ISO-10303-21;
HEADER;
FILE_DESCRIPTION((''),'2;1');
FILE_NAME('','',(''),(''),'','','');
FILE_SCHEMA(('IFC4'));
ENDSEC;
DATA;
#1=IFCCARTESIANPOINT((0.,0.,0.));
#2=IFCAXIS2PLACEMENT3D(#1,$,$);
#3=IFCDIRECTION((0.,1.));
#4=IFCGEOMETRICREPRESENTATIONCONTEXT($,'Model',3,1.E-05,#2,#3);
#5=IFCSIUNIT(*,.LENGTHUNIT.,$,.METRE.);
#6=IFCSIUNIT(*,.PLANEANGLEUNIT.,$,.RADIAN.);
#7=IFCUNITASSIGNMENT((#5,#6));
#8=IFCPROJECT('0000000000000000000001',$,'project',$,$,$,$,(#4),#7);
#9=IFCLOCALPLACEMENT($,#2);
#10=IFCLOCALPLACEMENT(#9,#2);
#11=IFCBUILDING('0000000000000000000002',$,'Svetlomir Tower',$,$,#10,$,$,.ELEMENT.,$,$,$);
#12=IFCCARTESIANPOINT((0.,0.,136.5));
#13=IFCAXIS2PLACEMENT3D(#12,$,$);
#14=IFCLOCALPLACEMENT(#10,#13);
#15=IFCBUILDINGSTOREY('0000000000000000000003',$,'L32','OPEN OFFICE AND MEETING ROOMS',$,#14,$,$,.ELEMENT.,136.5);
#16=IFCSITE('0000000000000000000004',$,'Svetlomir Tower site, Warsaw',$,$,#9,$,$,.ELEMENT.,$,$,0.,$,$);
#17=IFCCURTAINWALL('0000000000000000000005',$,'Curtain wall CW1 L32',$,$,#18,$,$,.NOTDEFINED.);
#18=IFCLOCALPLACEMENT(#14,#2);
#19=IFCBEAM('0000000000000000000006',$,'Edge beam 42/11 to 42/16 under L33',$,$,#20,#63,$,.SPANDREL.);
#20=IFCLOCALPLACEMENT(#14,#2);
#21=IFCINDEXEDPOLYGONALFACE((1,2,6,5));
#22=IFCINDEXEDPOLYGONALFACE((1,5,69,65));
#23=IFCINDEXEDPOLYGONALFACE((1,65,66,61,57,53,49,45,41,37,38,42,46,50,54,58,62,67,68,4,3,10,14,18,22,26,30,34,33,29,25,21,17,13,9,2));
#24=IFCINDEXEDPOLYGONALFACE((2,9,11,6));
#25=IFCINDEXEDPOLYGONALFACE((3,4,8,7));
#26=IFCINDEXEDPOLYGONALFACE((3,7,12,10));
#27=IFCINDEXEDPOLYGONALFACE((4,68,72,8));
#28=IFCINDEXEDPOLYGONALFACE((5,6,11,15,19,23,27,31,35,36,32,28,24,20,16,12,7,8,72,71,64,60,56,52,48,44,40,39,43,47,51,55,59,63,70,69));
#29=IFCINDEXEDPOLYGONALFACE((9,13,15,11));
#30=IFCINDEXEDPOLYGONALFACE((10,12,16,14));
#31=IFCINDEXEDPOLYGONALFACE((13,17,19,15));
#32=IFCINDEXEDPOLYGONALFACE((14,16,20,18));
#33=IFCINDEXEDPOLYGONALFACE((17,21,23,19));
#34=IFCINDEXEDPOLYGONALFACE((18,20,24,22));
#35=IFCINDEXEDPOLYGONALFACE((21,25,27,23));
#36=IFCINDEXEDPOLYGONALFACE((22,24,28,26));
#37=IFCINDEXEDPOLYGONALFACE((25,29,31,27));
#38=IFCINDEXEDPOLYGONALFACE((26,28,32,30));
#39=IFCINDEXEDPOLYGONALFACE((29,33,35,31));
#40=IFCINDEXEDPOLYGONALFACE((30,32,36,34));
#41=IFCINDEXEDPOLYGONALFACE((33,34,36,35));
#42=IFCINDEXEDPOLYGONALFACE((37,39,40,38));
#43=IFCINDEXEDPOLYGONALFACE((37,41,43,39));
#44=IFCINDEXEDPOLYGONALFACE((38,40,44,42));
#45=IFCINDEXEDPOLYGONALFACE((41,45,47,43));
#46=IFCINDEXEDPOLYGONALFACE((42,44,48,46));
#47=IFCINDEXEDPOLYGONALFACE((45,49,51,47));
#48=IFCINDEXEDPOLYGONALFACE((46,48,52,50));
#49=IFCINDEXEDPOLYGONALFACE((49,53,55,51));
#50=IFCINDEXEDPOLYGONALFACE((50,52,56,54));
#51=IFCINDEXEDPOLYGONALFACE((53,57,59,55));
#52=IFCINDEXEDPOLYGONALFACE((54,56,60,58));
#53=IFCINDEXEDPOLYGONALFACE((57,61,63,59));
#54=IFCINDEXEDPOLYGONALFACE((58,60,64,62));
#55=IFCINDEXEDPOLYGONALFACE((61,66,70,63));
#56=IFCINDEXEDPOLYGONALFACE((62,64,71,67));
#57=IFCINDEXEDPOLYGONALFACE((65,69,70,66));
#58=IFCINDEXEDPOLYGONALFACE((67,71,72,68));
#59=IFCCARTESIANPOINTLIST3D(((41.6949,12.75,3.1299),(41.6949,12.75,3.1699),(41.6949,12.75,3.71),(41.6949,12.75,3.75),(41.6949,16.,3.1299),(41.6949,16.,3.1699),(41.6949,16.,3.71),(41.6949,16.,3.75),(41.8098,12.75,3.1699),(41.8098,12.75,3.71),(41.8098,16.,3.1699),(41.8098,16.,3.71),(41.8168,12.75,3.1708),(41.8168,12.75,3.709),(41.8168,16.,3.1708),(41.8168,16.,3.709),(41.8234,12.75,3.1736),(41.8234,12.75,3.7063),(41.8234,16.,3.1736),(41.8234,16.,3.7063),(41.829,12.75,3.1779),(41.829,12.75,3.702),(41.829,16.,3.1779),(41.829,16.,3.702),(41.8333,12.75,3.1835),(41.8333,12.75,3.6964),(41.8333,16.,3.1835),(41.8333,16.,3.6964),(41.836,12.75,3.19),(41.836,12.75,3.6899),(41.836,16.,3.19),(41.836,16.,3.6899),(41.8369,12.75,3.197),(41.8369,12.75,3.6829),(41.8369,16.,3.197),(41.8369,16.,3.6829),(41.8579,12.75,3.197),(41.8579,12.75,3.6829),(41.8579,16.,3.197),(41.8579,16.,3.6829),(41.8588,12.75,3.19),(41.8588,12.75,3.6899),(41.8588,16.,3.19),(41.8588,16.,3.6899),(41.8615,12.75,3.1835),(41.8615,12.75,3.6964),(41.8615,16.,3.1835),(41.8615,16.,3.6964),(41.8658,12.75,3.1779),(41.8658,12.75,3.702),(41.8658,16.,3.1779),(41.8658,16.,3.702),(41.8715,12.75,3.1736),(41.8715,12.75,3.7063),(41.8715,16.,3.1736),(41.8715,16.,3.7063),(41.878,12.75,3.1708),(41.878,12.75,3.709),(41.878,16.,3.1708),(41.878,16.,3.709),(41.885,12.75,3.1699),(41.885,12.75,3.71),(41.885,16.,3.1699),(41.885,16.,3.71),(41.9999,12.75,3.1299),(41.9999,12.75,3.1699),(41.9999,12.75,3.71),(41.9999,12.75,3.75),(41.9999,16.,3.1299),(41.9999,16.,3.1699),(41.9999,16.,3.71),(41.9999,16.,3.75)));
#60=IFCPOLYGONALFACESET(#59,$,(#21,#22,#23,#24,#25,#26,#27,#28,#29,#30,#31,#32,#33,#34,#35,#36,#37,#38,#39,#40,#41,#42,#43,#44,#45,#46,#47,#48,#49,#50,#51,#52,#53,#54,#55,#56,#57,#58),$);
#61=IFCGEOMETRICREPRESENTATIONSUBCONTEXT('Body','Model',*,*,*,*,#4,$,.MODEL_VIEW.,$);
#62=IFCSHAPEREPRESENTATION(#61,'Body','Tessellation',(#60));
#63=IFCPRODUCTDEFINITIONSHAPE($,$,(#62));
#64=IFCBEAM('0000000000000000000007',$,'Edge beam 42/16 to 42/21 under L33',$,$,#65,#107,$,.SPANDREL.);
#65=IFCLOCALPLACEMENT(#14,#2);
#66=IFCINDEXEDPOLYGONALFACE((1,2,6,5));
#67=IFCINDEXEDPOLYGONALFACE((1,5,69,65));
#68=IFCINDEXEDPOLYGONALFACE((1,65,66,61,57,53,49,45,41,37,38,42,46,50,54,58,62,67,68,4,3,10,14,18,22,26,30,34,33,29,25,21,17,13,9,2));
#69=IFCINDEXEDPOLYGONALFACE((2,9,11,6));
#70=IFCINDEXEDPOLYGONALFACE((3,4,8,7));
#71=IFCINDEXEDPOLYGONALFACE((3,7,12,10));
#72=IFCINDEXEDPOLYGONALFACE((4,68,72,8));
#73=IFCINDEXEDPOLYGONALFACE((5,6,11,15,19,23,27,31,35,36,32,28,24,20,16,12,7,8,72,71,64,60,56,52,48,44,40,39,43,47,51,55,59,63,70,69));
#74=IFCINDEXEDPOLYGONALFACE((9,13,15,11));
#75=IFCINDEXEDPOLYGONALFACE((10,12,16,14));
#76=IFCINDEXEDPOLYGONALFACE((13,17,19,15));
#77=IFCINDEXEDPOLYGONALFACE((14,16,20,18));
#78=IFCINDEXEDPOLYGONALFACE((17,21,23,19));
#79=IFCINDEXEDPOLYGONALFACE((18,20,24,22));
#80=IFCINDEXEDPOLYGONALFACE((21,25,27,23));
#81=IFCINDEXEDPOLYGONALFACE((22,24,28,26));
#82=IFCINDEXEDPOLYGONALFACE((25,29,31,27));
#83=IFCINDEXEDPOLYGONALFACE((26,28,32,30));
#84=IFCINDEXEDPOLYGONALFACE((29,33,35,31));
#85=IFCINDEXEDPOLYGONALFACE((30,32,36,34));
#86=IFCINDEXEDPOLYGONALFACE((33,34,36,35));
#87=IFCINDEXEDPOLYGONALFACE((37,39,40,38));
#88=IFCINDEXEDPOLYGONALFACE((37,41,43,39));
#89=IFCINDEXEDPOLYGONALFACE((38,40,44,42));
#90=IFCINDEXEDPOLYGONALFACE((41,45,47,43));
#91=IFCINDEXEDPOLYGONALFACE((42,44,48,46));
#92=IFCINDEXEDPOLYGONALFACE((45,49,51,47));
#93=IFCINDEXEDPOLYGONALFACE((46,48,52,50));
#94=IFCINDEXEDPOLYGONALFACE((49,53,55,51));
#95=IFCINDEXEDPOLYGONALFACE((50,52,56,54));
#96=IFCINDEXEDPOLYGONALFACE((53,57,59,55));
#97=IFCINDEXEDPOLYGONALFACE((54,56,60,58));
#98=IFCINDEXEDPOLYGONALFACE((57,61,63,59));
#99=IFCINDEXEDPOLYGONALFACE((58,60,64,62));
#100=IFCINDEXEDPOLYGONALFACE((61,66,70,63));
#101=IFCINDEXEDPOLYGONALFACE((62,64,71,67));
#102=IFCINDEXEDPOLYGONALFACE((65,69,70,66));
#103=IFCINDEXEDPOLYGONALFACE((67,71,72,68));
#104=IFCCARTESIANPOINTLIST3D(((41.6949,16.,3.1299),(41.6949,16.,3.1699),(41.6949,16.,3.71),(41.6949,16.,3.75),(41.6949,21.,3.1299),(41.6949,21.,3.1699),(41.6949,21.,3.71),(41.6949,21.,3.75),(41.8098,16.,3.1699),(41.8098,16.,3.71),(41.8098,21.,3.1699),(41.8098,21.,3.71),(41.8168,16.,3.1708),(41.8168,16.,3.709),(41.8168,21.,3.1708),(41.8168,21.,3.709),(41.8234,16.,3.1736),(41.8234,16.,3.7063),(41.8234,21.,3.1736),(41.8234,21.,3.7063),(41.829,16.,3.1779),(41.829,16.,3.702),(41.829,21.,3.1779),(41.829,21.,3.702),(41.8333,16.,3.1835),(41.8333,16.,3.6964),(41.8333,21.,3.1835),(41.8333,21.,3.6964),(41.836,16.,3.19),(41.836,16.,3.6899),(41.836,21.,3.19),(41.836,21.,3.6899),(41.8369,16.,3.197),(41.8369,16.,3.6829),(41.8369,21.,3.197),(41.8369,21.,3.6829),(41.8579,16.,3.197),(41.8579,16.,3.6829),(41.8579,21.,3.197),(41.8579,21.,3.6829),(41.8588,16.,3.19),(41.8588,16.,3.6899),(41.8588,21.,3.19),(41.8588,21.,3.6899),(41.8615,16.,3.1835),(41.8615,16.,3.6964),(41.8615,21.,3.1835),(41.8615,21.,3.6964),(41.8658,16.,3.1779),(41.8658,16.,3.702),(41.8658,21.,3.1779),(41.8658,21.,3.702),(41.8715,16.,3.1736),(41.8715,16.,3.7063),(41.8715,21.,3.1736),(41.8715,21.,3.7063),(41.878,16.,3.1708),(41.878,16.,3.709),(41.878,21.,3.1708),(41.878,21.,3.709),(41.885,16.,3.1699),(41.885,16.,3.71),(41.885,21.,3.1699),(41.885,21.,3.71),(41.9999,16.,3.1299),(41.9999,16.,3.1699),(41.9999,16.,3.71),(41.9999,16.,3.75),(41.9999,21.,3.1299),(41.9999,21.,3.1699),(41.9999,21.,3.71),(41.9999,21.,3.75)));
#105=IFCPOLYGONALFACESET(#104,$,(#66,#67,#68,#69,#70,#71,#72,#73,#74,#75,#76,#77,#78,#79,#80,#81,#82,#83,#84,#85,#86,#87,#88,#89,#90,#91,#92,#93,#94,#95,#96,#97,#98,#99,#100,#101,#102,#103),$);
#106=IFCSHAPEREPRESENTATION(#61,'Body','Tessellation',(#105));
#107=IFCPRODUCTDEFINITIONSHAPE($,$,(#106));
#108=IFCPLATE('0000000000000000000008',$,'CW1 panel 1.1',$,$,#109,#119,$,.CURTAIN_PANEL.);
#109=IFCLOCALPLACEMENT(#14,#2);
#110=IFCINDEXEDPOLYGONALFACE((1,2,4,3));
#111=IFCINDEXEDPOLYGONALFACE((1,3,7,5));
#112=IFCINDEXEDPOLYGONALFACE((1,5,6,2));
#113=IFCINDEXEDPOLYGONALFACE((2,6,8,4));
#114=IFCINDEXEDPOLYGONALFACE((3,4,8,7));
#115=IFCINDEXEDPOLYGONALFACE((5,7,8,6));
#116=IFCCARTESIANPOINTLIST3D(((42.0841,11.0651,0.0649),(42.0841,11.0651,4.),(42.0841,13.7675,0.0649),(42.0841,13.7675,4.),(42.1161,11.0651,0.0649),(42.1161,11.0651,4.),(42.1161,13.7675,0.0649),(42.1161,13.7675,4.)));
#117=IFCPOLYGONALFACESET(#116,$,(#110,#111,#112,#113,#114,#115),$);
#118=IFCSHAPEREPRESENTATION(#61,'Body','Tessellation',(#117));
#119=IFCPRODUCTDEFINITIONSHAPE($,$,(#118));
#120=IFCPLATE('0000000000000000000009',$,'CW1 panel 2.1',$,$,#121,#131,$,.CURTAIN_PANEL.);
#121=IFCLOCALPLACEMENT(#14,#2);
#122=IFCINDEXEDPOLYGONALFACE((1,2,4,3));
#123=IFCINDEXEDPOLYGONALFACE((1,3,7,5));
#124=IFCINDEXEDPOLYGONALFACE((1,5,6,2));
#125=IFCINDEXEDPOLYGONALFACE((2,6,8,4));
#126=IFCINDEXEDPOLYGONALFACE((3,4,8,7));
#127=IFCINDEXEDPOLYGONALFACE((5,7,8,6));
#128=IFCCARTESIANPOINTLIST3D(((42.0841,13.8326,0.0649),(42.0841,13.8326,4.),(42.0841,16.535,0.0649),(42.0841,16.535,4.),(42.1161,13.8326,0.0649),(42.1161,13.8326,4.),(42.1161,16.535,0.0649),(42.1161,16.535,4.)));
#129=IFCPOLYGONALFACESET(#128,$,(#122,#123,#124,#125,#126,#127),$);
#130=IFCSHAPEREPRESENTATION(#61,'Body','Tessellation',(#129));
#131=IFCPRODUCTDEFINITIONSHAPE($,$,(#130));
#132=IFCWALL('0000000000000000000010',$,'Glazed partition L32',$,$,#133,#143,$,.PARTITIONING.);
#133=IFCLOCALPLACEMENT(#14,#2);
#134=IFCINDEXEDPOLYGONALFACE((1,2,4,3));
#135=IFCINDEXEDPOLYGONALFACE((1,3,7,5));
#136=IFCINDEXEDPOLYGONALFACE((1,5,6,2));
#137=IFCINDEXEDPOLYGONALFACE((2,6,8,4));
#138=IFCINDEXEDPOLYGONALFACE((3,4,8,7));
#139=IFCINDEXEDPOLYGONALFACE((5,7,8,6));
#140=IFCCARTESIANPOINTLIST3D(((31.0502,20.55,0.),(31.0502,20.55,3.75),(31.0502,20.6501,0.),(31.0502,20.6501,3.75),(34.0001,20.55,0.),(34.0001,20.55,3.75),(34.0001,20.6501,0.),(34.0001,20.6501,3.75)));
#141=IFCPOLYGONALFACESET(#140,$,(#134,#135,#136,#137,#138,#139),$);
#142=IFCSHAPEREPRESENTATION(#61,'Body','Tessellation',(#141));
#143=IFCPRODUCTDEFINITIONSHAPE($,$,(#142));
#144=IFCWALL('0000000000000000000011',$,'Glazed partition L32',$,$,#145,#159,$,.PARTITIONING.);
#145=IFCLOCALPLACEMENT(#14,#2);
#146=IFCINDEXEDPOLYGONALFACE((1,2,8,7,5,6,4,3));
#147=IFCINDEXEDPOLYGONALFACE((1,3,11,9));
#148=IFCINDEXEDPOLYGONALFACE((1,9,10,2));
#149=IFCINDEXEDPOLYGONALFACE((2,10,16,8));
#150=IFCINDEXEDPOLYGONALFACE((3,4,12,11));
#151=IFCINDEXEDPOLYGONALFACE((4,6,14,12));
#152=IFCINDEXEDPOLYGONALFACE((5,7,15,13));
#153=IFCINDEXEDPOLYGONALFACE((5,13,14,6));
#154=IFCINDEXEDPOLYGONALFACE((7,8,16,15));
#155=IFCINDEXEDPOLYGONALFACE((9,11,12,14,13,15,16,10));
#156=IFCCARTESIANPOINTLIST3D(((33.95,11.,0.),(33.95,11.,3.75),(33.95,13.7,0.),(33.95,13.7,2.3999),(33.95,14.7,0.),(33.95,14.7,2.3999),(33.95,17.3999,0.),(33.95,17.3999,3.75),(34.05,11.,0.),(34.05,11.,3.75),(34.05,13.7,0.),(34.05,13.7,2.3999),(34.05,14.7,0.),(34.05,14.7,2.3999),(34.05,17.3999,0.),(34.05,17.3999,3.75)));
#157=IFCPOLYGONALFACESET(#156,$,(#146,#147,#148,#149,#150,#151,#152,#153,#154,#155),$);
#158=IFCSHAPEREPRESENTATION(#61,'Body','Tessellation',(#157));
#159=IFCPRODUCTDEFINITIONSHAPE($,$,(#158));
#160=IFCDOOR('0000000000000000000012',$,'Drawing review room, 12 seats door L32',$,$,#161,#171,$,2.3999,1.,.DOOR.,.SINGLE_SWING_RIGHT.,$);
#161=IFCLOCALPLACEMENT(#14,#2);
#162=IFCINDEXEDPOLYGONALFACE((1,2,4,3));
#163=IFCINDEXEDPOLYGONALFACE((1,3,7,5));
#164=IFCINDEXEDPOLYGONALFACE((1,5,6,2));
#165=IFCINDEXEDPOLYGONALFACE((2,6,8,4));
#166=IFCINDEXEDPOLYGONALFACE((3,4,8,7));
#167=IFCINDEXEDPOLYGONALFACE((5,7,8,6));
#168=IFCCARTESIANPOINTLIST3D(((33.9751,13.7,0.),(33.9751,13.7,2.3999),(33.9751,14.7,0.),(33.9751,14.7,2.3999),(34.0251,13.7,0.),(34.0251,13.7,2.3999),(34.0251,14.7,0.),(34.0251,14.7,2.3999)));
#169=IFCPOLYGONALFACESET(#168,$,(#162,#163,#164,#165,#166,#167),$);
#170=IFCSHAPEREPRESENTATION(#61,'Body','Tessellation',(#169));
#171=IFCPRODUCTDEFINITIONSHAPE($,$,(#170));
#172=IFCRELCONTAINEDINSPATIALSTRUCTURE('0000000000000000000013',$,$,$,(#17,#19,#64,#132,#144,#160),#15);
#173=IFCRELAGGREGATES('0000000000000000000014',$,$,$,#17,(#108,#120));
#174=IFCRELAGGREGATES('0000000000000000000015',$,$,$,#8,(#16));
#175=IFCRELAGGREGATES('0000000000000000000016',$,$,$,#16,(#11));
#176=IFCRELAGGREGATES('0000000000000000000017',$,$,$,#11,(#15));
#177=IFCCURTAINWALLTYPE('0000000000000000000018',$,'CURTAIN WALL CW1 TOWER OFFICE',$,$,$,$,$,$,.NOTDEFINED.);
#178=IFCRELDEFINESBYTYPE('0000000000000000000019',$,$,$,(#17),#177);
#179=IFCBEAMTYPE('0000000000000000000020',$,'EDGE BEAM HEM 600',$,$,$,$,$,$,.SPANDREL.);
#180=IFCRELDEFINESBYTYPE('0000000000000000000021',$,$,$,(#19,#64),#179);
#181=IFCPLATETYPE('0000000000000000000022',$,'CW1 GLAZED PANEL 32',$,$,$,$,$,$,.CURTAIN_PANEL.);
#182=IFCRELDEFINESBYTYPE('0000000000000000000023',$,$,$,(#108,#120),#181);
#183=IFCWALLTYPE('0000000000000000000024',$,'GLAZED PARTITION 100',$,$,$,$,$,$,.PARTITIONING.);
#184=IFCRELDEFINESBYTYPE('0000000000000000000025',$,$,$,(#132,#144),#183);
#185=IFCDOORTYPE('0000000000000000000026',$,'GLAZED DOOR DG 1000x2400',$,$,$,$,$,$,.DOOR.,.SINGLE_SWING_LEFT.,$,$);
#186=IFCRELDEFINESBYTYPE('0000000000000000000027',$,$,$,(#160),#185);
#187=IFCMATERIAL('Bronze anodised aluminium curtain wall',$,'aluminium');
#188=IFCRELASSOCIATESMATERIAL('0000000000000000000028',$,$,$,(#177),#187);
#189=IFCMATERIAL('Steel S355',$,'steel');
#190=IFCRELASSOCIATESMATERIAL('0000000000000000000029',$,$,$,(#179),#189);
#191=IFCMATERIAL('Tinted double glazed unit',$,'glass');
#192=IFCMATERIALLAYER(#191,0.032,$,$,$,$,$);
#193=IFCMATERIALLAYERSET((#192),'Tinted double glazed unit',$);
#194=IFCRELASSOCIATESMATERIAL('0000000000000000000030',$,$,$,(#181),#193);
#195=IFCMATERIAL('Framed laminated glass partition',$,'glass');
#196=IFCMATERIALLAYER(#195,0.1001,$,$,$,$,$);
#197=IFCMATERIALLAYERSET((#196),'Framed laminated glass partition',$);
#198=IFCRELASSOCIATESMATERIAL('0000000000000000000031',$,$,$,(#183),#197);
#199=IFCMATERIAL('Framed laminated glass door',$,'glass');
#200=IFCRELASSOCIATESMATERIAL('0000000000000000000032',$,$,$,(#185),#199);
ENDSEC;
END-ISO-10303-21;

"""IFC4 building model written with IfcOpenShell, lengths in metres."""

from ifc_helpers import new_model, si_unit, direction, frame, frame_2d, origin, origin_2d, place, context, subcontext, project, spatial, rectangle, i_section, extrude, material, layer, layer_set, material_profile, profile_set, type_object, element, fill, aggregate, save


model = new_model("IFC4")

# Units and contexts
model_context = context("Model", 3, precision=1e-05, world=origin(), true_north=direction((0.0, 1.0)))
body_context = subcontext(model_context, "Body", "Model", "MODEL_VIEW")
ifc_project = project(units=[si_unit("LENGTHUNIT", "METRE"), si_unit("PLANEANGLEUNIT", "RADIAN")], contexts=[model_context])

# Site, building, storey
site_placement = place(None, origin())
site = spatial("IfcSite", under=ifc_project, at=site_placement, Name="Svetlomir Tower site, Warsaw", CompositionType="ELEMENT", RefElevation=0.0)
building_placement = place(site_placement, origin())
building = spatial("IfcBuilding", under=site, at=building_placement, Name="Svetlomir Tower", CompositionType="ELEMENT")
storey_placement = place(building_placement, frame((0.0, 0.0, 136.5)))
storey = spatial("IfcBuildingStorey", under=building, at=storey_placement, Name="L32", Description="OPEN OFFICE AND MEETING ROOMS", CompositionType="ELEMENT", Elevation=136.5)

# Shared definitions
ifc_material_1 = material(Name="Bronze anodised aluminium curtain wall", Category="aluminium")
curtain_wall_type = type_object("IfcCurtainWallType", Name="CURTAIN WALL CW1 TOWER OFFICE", PredefinedType="NOTDEFINED", material=ifc_material_1)

# Curtain wall
curtain_wall_1_placement = place(storey_placement, origin())
curtain_wall_1 = element("IfcCurtainWall", 1, at=curtain_wall_1_placement, inside=storey, type_object=curtain_wall_type, Name="Curtain wall CW1 L32", PredefinedType="NOTDEFINED")

# Beams
ifc_material_2 = material(Name="Steel S355", Category="steel")
ifc_material_profile_1 = material_profile(ifc_material_2, i_section(OverallWidth=0.3049, OverallDepth=0.6201, WebThickness=0.021, FlangeThickness=0.04, FilletRadius=0.0271, at=origin_2d()), Name="HEM 600")
ifc_profile_set_1 = profile_set([ifc_material_profile_1], Name="Steel S355")
beam_type_1 = type_object("IfcBeamType", Name="EDGE BEAM HEM 600", PredefinedType="SPANDREL", material=ifc_profile_set_1)
beam_1_placement = place(storey_placement, frame((41.8474, 12.75, 3.4399), z_axis=(0.0, 1.0, 0.0), x_axis=(-1.0, 0.0, 0.0)))
element("IfcBeam", 2, at=beam_1_placement, inside=storey, type_object=beam_type_1, Name="Edge beam 42/11 to 42/16 under L33", PredefinedType="SPANDREL", context=body_context, shape_type="SweptSolid", body=[
    extrude(i_section(OverallWidth=0.3049, OverallDepth=0.6201, WebThickness=0.021, FlangeThickness=0.04, FilletRadius=0.0271, at=origin_2d()), origin(), (0.0, 0.0, 1.0), 3.25),
])
beam_2_placement = place(storey_placement, frame((41.8474, 16.0, 3.4399), z_axis=(0.0, 1.0, 0.0), x_axis=(-1.0, 0.0, 0.0)))
element("IfcBeam", 3, at=beam_2_placement, inside=storey, type_object=beam_type_1, Name="Edge beam 42/16 to 42/21 under L33", PredefinedType="SPANDREL", context=body_context, shape_type="SweptSolid", body=[
    extrude(i_section(OverallWidth=0.3049, OverallDepth=0.6201, WebThickness=0.021, FlangeThickness=0.04, FilletRadius=0.0271, at=origin_2d()), origin(), (0.0, 0.0, 1.0), 5.0),
])

# Plates
ifc_material_3 = material(Name="Tinted double glazed unit", Category="glass")
ifc_layer_1 = layer(ifc_material_3, 0.032)
ifc_layer_set_1 = layer_set([ifc_layer_1], Name="Tinted double glazed unit")
plate_type = type_object("IfcPlateType", Name="CW1 GLAZED PANEL 32", PredefinedType="CURTAIN_PANEL", material=ifc_layer_set_1)
plate_1_placement = place(storey_placement, frame((42.1001, 12.4163, 0.0649), z_axis=(0.0, 0.0, 1.0), x_axis=(0.0, 1.0, 0.0)))
plate_1 = element("IfcPlate", 4, at=plate_1_placement, type_object=plate_type, Name="CW1 panel 1.1", PredefinedType="CURTAIN_PANEL", context=body_context, shape_type="SweptSolid", body=[
    extrude(rectangle(XDim=2.7024, YDim=0.032, at=origin_2d()), origin(), (0.0, 0.0, 1.0), 3.9351),
])
plate_2_placement = place(storey_placement, frame((42.1001, 15.1838, 0.0649), z_axis=(0.0, 0.0, 1.0), x_axis=(0.0, 1.0, 0.0)))
plate_2 = element("IfcPlate", 5, at=plate_2_placement, type_object=plate_type, Name="CW1 panel 2.1", PredefinedType="CURTAIN_PANEL", context=body_context, shape_type="SweptSolid", body=[
    extrude(rectangle(XDim=2.7024, YDim=0.032, at=origin_2d()), origin(), (0.0, 0.0, 1.0), 3.9351),
])
aggregate(curtain_wall_1, [plate_1, plate_2])

# Wall
ifc_material_4 = material(Name="Framed laminated glass partition", Category="glass")
ifc_layer_2 = layer(ifc_material_4, 0.1001)
ifc_layer_set_2 = layer_set([ifc_layer_2], Name="Framed laminated glass partition")
wall_type_1 = type_object("IfcWallType", Name="GLAZED PARTITION 100", PredefinedType="PARTITIONING", material=ifc_layer_set_2)
wall_1_placement = place(storey_placement, frame((31.05, 20.6001, 0.0), z_axis=(0.0, 0.0, 1.0), x_axis=(1.0, 0.0, 0.0)))
element("IfcWall", 6, at=wall_1_placement, inside=storey, type_object=wall_type_1, Name="Glazed partition L32", PredefinedType="PARTITIONING", context=body_context, shape_type="SweptSolid", body=[
    extrude(rectangle(XDim=2.95, YDim=0.1001, at=frame_2d((1.4751, 0.0))), origin(), (0.0, 0.0, 1.0), 3.75),
])

# Wall, opening, door
wall_2_placement = place(storey_placement, frame((34.0, 11.0, 0.0), z_axis=(0.0, 0.0, 1.0), x_axis=(0.0, 1.0, 0.0)))
wall_2 = element("IfcWall", 7, at=wall_2_placement, inside=storey, type_object=wall_type_1, Name="Glazed partition L32", PredefinedType="PARTITIONING", context=body_context, shape_type="SweptSolid", body=[
    extrude(rectangle(XDim=6.3999, YDim=0.1001, at=frame_2d((3.2, 0.0))), origin(), (0.0, 0.0, 1.0), 3.75),
])
opening_1_placement = place(wall_2_placement, frame((2.7, 0.0, 0.0)))
opening_1 = element("IfcOpeningElement", 8, at=opening_1_placement, cuts=wall_2, PredefinedType="OPENING", context=body_context, shape_type="SweptSolid", body=[
    extrude(rectangle(XDim=1.0, YDim=2.3999, at=frame_2d((0.5, 1.2))), frame((0.0, 0.0601, 0.0), z_axis=(0.0, -1.0, 0.0), x_axis=(1.0, 0.0, 0.0)), (0.0, 0.0, 1.0), 0.1201),
])
ifc_material_5 = material(Name="Framed laminated glass door", Category="glass")
door_type_1 = type_object("IfcDoorType", Name="GLAZED DOOR DG 1000x2400", OperationType="SINGLE_SWING_LEFT", PredefinedType="DOOR", material=ifc_material_5)
door_1_placement = place(opening_1_placement, origin())
door_1 = element("IfcDoor", 9, at=door_1_placement, inside=storey, type_object=door_type_1, Name="Drawing review room, 12 seats door L32", OperationType="SINGLE_SWING_RIGHT", OverallHeight=2.3999, OverallWidth=1.0, PredefinedType="DOOR", context=body_context, shape_type="SweptSolid", body=[
    extrude(rectangle(XDim=1.0, YDim=2.3999, at=frame_2d((0.5, 1.2))), frame((0.0, 0.0249, 0.0), z_axis=(0.0, -1.0, 0.0), x_axis=(1.0, 0.0, 0.0)), (0.0, 0.0, 1.0), 0.05),
])
fill(opening_1, door_1)

save(model, "model.ifc")
